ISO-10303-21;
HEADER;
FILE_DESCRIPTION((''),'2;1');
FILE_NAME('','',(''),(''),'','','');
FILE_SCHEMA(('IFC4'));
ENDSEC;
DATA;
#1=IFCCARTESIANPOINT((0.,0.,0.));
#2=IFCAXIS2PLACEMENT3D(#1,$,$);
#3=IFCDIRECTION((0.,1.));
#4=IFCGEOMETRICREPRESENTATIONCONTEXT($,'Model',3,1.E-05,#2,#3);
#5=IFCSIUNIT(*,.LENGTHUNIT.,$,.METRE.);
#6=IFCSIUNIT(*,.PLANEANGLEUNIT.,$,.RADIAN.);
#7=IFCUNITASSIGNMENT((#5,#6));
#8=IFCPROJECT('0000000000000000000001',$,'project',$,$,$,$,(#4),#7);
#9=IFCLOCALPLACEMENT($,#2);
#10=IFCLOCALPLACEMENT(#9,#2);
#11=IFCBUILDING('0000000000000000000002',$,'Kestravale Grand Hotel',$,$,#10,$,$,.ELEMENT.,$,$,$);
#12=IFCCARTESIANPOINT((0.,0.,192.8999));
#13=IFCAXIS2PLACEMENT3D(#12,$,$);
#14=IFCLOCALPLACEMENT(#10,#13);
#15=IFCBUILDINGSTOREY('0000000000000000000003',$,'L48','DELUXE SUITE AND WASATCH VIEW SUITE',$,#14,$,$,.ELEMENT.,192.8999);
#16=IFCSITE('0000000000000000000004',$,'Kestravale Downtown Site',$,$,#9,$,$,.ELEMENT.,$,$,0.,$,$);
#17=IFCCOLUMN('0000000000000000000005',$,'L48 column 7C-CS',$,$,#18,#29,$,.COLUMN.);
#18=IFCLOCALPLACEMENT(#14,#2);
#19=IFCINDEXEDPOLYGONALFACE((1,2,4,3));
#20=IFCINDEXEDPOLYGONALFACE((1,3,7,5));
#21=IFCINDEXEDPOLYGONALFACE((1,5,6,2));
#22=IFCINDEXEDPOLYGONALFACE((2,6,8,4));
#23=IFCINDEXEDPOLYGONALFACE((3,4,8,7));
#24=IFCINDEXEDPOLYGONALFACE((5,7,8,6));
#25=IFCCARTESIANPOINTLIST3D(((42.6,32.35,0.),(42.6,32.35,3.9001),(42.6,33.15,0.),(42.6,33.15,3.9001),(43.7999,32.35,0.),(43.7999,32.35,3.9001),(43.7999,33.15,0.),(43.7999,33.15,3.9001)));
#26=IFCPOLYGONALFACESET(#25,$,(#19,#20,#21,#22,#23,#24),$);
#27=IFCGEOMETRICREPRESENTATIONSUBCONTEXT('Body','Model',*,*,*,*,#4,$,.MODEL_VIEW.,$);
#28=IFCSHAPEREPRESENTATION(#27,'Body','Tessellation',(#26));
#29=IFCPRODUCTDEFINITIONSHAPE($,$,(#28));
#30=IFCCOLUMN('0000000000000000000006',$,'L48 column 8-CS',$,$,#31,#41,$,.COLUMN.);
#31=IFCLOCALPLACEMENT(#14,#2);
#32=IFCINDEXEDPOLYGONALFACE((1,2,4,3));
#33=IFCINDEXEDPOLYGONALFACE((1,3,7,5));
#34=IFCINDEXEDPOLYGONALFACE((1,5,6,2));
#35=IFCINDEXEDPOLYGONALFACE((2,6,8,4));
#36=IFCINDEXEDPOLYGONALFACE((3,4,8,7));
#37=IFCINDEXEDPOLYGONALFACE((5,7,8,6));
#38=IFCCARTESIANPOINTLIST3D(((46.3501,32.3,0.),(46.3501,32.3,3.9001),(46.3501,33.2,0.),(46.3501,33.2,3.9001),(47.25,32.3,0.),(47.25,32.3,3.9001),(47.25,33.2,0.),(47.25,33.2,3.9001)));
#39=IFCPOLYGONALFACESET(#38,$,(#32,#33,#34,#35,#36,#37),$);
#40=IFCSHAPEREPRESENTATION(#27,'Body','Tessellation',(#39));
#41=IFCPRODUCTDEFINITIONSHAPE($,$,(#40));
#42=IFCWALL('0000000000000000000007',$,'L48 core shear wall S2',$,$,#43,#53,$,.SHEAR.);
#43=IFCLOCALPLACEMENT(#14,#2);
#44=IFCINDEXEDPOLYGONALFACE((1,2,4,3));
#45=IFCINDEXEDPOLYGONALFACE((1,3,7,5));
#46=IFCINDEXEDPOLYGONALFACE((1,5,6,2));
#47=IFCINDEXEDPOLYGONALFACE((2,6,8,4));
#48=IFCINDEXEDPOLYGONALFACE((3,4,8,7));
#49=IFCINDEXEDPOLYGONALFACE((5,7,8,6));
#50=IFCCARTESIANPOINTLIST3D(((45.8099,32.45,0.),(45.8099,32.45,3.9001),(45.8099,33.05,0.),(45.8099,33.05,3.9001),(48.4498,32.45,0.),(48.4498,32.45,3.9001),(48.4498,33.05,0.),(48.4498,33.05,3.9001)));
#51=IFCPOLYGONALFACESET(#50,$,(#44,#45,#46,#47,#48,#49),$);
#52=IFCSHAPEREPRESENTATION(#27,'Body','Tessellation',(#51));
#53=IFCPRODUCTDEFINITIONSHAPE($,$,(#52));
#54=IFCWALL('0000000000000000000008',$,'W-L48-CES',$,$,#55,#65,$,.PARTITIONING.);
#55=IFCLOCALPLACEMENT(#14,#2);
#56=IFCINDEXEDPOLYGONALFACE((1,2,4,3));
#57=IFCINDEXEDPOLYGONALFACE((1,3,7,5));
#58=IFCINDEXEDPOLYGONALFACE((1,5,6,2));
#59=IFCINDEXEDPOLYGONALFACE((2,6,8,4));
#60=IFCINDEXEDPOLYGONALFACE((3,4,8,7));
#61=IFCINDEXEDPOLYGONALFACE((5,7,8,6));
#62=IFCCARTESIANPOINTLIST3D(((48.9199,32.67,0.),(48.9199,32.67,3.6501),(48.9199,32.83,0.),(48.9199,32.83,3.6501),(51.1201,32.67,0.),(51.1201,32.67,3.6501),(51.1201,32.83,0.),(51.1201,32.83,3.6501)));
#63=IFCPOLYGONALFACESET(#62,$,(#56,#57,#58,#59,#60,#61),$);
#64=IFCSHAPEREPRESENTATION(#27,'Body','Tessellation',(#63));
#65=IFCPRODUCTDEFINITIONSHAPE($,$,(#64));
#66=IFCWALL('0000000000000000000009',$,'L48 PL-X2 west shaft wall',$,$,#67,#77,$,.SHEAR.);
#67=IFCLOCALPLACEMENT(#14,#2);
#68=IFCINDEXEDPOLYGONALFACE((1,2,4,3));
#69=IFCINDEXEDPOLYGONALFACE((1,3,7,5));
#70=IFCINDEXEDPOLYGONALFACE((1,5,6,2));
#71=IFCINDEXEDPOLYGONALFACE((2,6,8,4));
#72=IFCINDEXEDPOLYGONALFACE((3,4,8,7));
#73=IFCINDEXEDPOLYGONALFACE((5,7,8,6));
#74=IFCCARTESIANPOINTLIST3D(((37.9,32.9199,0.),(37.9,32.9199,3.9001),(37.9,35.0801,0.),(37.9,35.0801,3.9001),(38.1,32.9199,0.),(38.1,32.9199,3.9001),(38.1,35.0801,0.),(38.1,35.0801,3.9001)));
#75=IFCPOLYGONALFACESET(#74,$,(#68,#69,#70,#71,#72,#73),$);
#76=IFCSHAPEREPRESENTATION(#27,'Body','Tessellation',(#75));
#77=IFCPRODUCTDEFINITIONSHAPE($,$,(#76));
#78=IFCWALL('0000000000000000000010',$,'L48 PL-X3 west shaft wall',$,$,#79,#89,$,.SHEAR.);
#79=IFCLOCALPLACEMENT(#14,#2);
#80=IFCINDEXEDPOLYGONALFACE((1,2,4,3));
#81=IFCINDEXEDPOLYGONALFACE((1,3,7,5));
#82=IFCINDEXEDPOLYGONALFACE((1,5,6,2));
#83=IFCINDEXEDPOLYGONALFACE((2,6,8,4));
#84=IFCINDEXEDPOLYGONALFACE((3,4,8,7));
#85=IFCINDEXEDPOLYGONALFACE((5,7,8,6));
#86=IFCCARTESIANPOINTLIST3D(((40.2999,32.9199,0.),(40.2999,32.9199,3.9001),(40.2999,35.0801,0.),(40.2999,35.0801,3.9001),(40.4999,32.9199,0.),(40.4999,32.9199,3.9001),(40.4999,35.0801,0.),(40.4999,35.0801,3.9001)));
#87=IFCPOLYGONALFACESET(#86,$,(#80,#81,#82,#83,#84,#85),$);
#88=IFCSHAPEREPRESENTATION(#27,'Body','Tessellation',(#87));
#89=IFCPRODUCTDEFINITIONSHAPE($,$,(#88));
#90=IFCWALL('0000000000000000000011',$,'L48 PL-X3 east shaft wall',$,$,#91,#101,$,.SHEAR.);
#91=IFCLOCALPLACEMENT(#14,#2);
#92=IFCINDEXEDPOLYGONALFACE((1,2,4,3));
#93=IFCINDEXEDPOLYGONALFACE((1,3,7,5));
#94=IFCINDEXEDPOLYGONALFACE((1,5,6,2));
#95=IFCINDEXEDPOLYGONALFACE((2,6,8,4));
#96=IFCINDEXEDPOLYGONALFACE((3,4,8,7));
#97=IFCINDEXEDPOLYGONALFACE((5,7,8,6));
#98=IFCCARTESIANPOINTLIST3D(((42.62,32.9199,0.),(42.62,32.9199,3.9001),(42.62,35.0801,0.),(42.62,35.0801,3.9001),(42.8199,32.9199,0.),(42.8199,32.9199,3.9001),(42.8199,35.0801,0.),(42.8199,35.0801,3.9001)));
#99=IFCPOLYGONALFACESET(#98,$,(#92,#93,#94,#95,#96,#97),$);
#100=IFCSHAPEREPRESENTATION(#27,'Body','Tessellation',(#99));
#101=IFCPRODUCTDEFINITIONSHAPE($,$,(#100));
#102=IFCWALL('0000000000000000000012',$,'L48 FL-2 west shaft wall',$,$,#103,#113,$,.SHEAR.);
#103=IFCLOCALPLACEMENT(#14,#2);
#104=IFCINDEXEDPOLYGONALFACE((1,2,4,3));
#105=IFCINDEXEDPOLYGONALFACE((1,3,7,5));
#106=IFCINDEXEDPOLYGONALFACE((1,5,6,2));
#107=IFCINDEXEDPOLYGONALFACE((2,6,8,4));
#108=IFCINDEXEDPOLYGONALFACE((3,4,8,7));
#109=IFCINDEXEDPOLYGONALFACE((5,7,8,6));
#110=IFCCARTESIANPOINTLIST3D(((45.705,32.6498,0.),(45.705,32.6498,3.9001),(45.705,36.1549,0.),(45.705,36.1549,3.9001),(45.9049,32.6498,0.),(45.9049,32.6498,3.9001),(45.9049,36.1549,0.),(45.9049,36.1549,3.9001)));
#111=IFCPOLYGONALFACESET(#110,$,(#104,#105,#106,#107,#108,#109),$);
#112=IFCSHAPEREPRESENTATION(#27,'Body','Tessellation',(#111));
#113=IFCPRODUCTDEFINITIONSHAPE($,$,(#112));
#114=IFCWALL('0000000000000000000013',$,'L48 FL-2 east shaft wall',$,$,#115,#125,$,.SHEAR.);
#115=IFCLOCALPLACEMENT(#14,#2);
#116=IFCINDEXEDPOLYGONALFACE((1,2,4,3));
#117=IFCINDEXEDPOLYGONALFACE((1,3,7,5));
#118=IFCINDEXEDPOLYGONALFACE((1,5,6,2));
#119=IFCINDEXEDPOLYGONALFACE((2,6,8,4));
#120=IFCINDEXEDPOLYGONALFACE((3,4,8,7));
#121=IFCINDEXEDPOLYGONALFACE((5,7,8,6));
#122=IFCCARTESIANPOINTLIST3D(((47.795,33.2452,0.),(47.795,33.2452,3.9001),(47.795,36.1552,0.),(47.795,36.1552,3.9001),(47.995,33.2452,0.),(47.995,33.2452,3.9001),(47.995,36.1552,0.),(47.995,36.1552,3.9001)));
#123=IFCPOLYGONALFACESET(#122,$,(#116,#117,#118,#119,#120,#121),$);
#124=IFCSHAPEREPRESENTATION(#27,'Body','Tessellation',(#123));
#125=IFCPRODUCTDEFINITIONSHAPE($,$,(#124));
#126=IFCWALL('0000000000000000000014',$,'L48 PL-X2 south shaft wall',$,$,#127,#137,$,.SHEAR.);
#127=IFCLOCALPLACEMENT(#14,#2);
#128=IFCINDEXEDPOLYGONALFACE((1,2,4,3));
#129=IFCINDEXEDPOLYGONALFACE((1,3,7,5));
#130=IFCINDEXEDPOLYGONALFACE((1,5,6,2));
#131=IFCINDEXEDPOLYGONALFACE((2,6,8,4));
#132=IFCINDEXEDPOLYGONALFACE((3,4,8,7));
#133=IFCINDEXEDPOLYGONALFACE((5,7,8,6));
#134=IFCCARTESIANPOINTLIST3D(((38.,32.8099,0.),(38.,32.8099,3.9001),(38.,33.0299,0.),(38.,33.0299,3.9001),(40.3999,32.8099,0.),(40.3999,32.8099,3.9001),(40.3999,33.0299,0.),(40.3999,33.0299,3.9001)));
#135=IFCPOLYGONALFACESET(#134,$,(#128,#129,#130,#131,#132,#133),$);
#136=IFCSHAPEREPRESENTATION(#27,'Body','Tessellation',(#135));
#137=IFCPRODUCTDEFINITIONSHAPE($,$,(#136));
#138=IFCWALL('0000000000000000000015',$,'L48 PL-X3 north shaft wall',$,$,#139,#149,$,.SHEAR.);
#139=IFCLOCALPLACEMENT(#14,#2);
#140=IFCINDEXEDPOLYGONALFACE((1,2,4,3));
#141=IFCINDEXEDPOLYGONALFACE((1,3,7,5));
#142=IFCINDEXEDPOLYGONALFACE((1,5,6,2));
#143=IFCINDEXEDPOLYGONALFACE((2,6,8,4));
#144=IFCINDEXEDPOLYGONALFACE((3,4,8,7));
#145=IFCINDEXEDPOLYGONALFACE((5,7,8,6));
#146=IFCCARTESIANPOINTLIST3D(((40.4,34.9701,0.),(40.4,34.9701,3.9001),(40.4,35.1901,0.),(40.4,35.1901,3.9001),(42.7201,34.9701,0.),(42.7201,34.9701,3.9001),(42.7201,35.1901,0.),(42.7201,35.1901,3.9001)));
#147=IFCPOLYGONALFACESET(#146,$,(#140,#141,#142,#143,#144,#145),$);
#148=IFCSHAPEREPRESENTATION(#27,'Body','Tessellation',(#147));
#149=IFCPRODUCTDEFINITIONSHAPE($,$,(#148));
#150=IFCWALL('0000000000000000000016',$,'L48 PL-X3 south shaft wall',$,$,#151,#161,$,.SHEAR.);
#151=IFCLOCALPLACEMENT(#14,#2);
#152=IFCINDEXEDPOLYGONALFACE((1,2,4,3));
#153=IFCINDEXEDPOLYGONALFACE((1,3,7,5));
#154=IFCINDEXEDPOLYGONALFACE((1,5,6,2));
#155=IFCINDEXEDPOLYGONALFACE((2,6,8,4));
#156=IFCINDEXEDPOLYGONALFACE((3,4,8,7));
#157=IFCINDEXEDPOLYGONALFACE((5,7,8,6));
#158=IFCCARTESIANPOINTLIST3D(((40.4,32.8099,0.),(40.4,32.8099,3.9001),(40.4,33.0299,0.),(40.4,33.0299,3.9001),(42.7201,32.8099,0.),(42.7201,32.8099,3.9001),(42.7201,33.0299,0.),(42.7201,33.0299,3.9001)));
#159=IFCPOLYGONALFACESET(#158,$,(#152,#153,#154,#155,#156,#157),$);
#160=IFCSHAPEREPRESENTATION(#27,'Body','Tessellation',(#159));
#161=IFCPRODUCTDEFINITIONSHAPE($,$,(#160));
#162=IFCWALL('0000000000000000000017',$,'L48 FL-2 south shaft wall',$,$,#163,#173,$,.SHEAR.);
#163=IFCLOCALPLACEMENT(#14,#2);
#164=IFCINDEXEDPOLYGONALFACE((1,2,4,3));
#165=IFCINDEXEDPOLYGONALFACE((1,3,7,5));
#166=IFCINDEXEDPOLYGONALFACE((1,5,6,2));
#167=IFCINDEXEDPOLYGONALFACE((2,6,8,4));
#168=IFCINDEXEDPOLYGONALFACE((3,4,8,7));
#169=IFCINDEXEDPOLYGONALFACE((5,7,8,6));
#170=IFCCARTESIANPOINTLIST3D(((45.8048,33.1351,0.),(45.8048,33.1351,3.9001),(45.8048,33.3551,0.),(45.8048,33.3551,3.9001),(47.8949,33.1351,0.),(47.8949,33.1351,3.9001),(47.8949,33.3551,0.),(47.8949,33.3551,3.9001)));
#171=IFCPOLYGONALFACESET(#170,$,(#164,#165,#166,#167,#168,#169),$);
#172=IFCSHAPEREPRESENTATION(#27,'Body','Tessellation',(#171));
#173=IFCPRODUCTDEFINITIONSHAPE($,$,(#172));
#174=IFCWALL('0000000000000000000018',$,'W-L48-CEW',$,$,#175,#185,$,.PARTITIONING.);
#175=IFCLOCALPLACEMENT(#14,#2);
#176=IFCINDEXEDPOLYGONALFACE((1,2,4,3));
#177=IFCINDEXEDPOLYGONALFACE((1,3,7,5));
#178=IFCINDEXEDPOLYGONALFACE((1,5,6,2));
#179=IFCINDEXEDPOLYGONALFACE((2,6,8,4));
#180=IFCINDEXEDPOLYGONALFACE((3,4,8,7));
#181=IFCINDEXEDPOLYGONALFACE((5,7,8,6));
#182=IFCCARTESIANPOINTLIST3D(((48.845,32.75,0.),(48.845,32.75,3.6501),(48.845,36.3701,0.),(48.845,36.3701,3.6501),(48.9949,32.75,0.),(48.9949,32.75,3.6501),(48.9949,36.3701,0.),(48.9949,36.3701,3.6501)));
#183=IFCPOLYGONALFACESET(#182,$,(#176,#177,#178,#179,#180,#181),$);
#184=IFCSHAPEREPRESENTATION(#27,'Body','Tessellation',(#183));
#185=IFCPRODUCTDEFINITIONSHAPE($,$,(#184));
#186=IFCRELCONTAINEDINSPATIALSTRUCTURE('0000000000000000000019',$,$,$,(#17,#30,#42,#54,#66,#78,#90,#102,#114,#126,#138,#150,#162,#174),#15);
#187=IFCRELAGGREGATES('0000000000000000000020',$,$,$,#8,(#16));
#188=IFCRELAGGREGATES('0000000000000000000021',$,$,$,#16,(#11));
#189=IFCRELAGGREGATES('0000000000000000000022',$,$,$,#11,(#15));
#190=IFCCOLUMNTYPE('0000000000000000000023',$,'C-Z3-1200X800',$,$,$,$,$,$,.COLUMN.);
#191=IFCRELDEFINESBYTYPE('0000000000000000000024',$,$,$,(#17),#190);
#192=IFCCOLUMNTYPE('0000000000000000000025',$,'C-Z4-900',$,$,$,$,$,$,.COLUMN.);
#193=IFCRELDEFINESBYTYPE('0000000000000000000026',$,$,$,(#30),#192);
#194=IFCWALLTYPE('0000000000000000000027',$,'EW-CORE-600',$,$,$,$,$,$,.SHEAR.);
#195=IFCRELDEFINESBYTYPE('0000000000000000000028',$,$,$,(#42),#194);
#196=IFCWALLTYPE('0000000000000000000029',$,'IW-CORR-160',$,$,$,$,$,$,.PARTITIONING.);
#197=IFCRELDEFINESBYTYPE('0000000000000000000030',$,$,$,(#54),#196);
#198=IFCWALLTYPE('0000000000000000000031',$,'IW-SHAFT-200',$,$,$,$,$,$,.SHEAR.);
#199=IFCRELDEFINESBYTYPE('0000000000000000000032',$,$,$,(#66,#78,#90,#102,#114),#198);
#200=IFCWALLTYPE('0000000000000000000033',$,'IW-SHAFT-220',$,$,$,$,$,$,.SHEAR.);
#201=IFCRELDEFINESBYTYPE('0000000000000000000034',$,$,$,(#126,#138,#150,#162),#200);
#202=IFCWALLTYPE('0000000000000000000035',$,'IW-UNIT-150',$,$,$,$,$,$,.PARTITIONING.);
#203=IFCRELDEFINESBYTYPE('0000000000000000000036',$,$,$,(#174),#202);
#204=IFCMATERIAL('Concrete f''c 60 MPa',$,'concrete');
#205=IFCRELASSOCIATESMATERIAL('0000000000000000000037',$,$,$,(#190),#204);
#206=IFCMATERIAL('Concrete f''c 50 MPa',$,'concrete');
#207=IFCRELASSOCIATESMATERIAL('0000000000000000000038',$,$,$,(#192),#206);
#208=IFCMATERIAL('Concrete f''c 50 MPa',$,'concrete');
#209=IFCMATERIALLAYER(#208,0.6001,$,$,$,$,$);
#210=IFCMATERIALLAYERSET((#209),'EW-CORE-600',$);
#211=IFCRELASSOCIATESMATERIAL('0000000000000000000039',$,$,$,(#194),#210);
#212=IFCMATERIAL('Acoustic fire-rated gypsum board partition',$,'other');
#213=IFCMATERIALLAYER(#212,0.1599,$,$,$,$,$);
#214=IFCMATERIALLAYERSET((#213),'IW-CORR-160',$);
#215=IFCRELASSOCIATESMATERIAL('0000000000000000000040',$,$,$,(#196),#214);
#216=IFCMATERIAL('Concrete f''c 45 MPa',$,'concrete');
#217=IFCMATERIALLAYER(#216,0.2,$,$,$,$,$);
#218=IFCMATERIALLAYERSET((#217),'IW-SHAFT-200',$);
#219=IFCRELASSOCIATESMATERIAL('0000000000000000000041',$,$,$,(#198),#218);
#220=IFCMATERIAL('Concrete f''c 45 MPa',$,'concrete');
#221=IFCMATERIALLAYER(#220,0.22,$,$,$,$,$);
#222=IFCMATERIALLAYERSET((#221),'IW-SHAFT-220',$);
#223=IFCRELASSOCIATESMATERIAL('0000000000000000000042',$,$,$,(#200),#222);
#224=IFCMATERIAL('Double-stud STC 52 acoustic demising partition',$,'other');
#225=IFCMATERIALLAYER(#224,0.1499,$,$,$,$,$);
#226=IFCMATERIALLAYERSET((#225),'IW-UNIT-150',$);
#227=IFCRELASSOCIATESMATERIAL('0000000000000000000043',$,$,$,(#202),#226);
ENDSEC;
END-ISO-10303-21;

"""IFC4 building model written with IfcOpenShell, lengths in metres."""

from ifc_helpers import new_model, si_unit, direction, frame, frame_2d, origin, origin_2d, place, context, subcontext, project, spatial, rectangle, extrude, material, layer, layer_set, material_profile, profile_set, type_object, element, save


model = new_model("IFC4")

# Units and contexts
model_context = context("Model", 3, precision=1e-05, world=origin(), true_north=direction((0.0, 1.0)))
body_context = subcontext(model_context, "Body", "Model", "MODEL_VIEW")
ifc_project = project(units=[si_unit("LENGTHUNIT", "METRE"), si_unit("PLANEANGLEUNIT", "RADIAN")], contexts=[model_context])

# Site, building, storey
site_placement = place(None, origin())
site = spatial("IfcSite", under=ifc_project, at=site_placement, Name="Kestravale Downtown Site", CompositionType="ELEMENT", RefElevation=0.0)
building_placement = place(site_placement, origin())
building = spatial("IfcBuilding", under=site, at=building_placement, Name="Kestravale Grand Hotel", CompositionType="ELEMENT")
storey_placement = place(building_placement, frame((0.0, 0.0, 192.8999)))
storey = spatial("IfcBuildingStorey", under=building, at=storey_placement, Name="L48", Description="DELUXE SUITE AND WASATCH VIEW SUITE", CompositionType="ELEMENT", Elevation=192.8999)

# Columns
ifc_material_1 = material(Name="Concrete f'c 60 MPa", Category="concrete")
ifc_material_profile_1 = material_profile(ifc_material_1, rectangle(XDim=1.2, YDim=0.8, at=origin_2d()))
ifc_profile_set_1 = profile_set([ifc_material_profile_1], Name="Concrete f'c 60 MPa")
column_type_1 = type_object("IfcColumnType", Name="C-Z3-1200X800", PredefinedType="COLUMN", material=ifc_profile_set_1)
column_1_placement = place(storey_placement, frame((43.2, 32.75, 0.0), z_axis=(0.0, 0.0, 1.0), x_axis=(1.0, 0.0, 0.0)))
element("IfcColumn", 1, at=column_1_placement, inside=storey, type_object=column_type_1, Name="L48 column 7C-CS", PredefinedType="COLUMN", context=body_context, shape_type="SweptSolid", body=[
    extrude(rectangle(XDim=1.2, YDim=0.8, at=origin_2d()), origin(), (0.0, 0.0, 1.0), 3.9001),
])
ifc_material_2 = material(Name="Concrete f'c 50 MPa", Category="concrete")
ifc_material_profile_2 = material_profile(ifc_material_2, rectangle(XDim=0.8999, YDim=0.8999, at=origin_2d()))
ifc_profile_set_2 = profile_set([ifc_material_profile_2], Name="Concrete f'c 50 MPa")
column_type_2 = type_object("IfcColumnType", Name="C-Z4-900", PredefinedType="COLUMN", material=ifc_profile_set_2)
column_2_placement = place(storey_placement, frame((46.8, 32.75, 0.0), z_axis=(0.0, 0.0, 1.0), x_axis=(1.0, 0.0, 0.0)))
element("IfcColumn", 2, at=column_2_placement, inside=storey, type_object=column_type_2, Name="L48 column 8-CS", PredefinedType="COLUMN", context=body_context, shape_type="SweptSolid", body=[
    extrude(rectangle(XDim=0.8999, YDim=0.8999, at=origin_2d()), origin(), (0.0, 0.0, 1.0), 3.9001),
])

# Wall
ifc_material_3 = material(Name="Concrete f'c 50 MPa", Category="concrete")
ifc_layer_1 = layer(ifc_material_3, 0.6001)
ifc_layer_set_1 = layer_set([ifc_layer_1], Name="EW-CORE-600")
wall_type_1 = type_object("IfcWallType", Name="EW-CORE-600", PredefinedType="SHEAR", material=ifc_layer_set_1)
wall_1_placement = place(storey_placement, frame((45.8101, 32.75, 0.0), z_axis=(0.0, 0.0, 1.0), x_axis=(1.0, 0.0, 0.0)))
element("IfcWall", 3, at=wall_1_placement, inside=storey, type_object=wall_type_1, Name="L48 core shear wall S2", PredefinedType="SHEAR", context=body_context, shape_type="SweptSolid", body=[
    extrude(rectangle(XDim=2.6399, YDim=0.6001, at=frame_2d((1.3198, 0.0))), origin(), (0.0, 0.0, 1.0), 3.9001),
])

# Walls
ifc_material_4 = material(Name="Acoustic fire-rated gypsum board partition", Category="other")
ifc_layer_2 = layer(ifc_material_4, 0.1599)
ifc_layer_set_2 = layer_set([ifc_layer_2], Name="IW-CORR-160")
wall_type_2 = type_object("IfcWallType", Name="IW-CORR-160", PredefinedType="PARTITIONING", material=ifc_layer_set_2)
wall_2_placement = place(storey_placement, frame((48.9199, 32.75, 0.0), z_axis=(0.0, 0.0, 1.0), x_axis=(1.0, 0.0, 0.0)))
element("IfcWall", 4, at=wall_2_placement, inside=storey, type_object=wall_type_2, Name="W-L48-CES", PredefinedType="PARTITIONING", context=body_context, shape_type="SweptSolid", body=[
    extrude(rectangle(XDim=2.2002, YDim=0.1599, at=frame_2d((1.1001, 0.0))), origin(), (0.0, 0.0, 1.0), 3.6501),
])
ifc_material_5 = material(Name="Concrete f'c 45 MPa", Category="concrete")
ifc_layer_3 = layer(ifc_material_5, 0.2)
ifc_layer_set_3 = layer_set([ifc_layer_3], Name="IW-SHAFT-200")
wall_type_3 = type_object("IfcWallType", Name="IW-SHAFT-200", PredefinedType="SHEAR", material=ifc_layer_set_3)
for number, where, z_axis, x_axis, name in (
    (5, (38.0, 32.9199, 0.0), (0.0, 0.0, 1.0), (0.0, 1.0, 0.0), "L48 PL-X2 west shaft wall"),
    (6, (40.3999, 32.9199, 0.0), (0.0, 0.0, 1.0), (0.0, 1.0, 0.0), "L48 PL-X3 west shaft wall"),
    (7, (42.72, 32.9199, 0.0), (0.0, 0.0, 1.0), (0.0, 1.0, 0.0), "L48 PL-X3 east shaft wall"),
):
    element("IfcWall", number, at=place(storey_placement, frame(where, z_axis=z_axis, x_axis=x_axis)), inside=storey, type_object=wall_type_3, Name=name, PredefinedType="SHEAR", context=body_context, shape_type="SweptSolid", body=[
        extrude(rectangle(XDim=2.1602, YDim=0.2, at=frame_2d((1.0801, 0.0))), origin(), (0.0, 0.0, 1.0), 3.9001),
    ])
wall_3_placement = place(storey_placement, frame((45.8049, 32.6499, 0.0), z_axis=(0.0, 0.0, 1.0), x_axis=(0.0, 1.0, 0.0)))
element("IfcWall", 8, at=wall_3_placement, inside=storey, type_object=wall_type_3, Name="L48 FL-2 west shaft wall", PredefinedType="SHEAR", context=body_context, shape_type="SweptSolid", body=[
    extrude(rectangle(XDim=3.5051, YDim=0.2, at=frame_2d((1.7524, 0.0))), origin(), (0.0, 0.0, 1.0), 3.9001),
])
wall_4_placement = place(storey_placement, frame((47.895, 33.2451, 0.0), z_axis=(0.0, 0.0, 1.0), x_axis=(0.0, 1.0, 0.0)))
element("IfcWall", 9, at=wall_4_placement, inside=storey, type_object=wall_type_3, Name="L48 FL-2 east shaft wall", PredefinedType="SHEAR", context=body_context, shape_type="SweptSolid", body=[
    extrude(rectangle(XDim=2.9099, YDim=0.2, at=frame_2d((1.4551, 0.0))), origin(), (0.0, 0.0, 1.0), 3.9001),
])

# Shared definitions
ifc_material_6 = material(Name="Concrete f'c 45 MPa", Category="concrete")
ifc_layer_4 = layer(ifc_material_6, 0.22)
ifc_layer_set_4 = layer_set([ifc_layer_4], Name="IW-SHAFT-220")
wall_type_4 = type_object("IfcWallType", Name="IW-SHAFT-220", PredefinedType="SHEAR", material=ifc_layer_set_4)

# Walls
wall_5_placement = place(storey_placement, frame((38.0, 32.9199, 0.0), z_axis=(0.0, 0.0, 1.0), x_axis=(1.0, 0.0, 0.0)))
element("IfcWall", 10, at=wall_5_placement, inside=storey, type_object=wall_type_4, Name="L48 PL-X2 south shaft wall", PredefinedType="SHEAR", context=body_context, shape_type="SweptSolid", body=[
    extrude(rectangle(XDim=2.3999, YDim=0.22, at=frame_2d((1.2, 0.0))), origin(), (0.0, 0.0, 1.0), 3.9001),
])
for number, where, z_axis, x_axis, name in (
    (11, (40.3999, 35.0801, 0.0), (0.0, 0.0, 1.0), (1.0, 0.0, 0.0), "L48 PL-X3 north shaft wall"),
    (12, (40.3999, 32.9199, 0.0), (0.0, 0.0, 1.0), (1.0, 0.0, 0.0), "L48 PL-X3 south shaft wall"),
):
    element("IfcWall", number, at=place(storey_placement, frame(where, z_axis=z_axis, x_axis=x_axis)), inside=storey, type_object=wall_type_4, Name=name, PredefinedType="SHEAR", context=body_context, shape_type="SweptSolid", body=[
        extrude(rectangle(XDim=2.3201, YDim=0.22, at=frame_2d((1.1602, 0.0))), origin(), (0.0, 0.0, 1.0), 3.9001),
    ])
wall_6_placement = place(storey_placement, frame((45.8049, 33.2451, 0.0), z_axis=(0.0, 0.0, 1.0), x_axis=(1.0, 0.0, 0.0)))
element("IfcWall", 13, at=wall_6_placement, inside=storey, type_object=wall_type_4, Name="L48 FL-2 south shaft wall", PredefinedType="SHEAR", context=body_context, shape_type="SweptSolid", body=[
    extrude(rectangle(XDim=2.0901, YDim=0.22, at=frame_2d((1.0449, 0.0))), origin(), (0.0, 0.0, 1.0), 3.9001),
])
ifc_material_7 = material(Name="Double-stud STC 52 acoustic demising partition", Category="other")
ifc_layer_5 = layer(ifc_material_7, 0.1499)
ifc_layer_set_5 = layer_set([ifc_layer_5], Name="IW-UNIT-150")
wall_type_5 = type_object("IfcWallType", Name="IW-UNIT-150", PredefinedType="PARTITIONING", material=ifc_layer_set_5)
wall_7_placement = place(storey_placement, frame((48.9199, 32.75, 0.0), z_axis=(0.0, 0.0, 1.0), x_axis=(0.0, 1.0, 0.0)))
element("IfcWall", 14, at=wall_7_placement, inside=storey, type_object=wall_type_5, Name="W-L48-CEW", PredefinedType="PARTITIONING", context=body_context, shape_type="SweptSolid", body=[
    extrude(rectangle(XDim=3.6201, YDim=0.1499, at=frame_2d((1.8101, 0.0))), origin(), (0.0, 0.0, 1.0), 3.6501),
])

save(model, "model.ifc")
